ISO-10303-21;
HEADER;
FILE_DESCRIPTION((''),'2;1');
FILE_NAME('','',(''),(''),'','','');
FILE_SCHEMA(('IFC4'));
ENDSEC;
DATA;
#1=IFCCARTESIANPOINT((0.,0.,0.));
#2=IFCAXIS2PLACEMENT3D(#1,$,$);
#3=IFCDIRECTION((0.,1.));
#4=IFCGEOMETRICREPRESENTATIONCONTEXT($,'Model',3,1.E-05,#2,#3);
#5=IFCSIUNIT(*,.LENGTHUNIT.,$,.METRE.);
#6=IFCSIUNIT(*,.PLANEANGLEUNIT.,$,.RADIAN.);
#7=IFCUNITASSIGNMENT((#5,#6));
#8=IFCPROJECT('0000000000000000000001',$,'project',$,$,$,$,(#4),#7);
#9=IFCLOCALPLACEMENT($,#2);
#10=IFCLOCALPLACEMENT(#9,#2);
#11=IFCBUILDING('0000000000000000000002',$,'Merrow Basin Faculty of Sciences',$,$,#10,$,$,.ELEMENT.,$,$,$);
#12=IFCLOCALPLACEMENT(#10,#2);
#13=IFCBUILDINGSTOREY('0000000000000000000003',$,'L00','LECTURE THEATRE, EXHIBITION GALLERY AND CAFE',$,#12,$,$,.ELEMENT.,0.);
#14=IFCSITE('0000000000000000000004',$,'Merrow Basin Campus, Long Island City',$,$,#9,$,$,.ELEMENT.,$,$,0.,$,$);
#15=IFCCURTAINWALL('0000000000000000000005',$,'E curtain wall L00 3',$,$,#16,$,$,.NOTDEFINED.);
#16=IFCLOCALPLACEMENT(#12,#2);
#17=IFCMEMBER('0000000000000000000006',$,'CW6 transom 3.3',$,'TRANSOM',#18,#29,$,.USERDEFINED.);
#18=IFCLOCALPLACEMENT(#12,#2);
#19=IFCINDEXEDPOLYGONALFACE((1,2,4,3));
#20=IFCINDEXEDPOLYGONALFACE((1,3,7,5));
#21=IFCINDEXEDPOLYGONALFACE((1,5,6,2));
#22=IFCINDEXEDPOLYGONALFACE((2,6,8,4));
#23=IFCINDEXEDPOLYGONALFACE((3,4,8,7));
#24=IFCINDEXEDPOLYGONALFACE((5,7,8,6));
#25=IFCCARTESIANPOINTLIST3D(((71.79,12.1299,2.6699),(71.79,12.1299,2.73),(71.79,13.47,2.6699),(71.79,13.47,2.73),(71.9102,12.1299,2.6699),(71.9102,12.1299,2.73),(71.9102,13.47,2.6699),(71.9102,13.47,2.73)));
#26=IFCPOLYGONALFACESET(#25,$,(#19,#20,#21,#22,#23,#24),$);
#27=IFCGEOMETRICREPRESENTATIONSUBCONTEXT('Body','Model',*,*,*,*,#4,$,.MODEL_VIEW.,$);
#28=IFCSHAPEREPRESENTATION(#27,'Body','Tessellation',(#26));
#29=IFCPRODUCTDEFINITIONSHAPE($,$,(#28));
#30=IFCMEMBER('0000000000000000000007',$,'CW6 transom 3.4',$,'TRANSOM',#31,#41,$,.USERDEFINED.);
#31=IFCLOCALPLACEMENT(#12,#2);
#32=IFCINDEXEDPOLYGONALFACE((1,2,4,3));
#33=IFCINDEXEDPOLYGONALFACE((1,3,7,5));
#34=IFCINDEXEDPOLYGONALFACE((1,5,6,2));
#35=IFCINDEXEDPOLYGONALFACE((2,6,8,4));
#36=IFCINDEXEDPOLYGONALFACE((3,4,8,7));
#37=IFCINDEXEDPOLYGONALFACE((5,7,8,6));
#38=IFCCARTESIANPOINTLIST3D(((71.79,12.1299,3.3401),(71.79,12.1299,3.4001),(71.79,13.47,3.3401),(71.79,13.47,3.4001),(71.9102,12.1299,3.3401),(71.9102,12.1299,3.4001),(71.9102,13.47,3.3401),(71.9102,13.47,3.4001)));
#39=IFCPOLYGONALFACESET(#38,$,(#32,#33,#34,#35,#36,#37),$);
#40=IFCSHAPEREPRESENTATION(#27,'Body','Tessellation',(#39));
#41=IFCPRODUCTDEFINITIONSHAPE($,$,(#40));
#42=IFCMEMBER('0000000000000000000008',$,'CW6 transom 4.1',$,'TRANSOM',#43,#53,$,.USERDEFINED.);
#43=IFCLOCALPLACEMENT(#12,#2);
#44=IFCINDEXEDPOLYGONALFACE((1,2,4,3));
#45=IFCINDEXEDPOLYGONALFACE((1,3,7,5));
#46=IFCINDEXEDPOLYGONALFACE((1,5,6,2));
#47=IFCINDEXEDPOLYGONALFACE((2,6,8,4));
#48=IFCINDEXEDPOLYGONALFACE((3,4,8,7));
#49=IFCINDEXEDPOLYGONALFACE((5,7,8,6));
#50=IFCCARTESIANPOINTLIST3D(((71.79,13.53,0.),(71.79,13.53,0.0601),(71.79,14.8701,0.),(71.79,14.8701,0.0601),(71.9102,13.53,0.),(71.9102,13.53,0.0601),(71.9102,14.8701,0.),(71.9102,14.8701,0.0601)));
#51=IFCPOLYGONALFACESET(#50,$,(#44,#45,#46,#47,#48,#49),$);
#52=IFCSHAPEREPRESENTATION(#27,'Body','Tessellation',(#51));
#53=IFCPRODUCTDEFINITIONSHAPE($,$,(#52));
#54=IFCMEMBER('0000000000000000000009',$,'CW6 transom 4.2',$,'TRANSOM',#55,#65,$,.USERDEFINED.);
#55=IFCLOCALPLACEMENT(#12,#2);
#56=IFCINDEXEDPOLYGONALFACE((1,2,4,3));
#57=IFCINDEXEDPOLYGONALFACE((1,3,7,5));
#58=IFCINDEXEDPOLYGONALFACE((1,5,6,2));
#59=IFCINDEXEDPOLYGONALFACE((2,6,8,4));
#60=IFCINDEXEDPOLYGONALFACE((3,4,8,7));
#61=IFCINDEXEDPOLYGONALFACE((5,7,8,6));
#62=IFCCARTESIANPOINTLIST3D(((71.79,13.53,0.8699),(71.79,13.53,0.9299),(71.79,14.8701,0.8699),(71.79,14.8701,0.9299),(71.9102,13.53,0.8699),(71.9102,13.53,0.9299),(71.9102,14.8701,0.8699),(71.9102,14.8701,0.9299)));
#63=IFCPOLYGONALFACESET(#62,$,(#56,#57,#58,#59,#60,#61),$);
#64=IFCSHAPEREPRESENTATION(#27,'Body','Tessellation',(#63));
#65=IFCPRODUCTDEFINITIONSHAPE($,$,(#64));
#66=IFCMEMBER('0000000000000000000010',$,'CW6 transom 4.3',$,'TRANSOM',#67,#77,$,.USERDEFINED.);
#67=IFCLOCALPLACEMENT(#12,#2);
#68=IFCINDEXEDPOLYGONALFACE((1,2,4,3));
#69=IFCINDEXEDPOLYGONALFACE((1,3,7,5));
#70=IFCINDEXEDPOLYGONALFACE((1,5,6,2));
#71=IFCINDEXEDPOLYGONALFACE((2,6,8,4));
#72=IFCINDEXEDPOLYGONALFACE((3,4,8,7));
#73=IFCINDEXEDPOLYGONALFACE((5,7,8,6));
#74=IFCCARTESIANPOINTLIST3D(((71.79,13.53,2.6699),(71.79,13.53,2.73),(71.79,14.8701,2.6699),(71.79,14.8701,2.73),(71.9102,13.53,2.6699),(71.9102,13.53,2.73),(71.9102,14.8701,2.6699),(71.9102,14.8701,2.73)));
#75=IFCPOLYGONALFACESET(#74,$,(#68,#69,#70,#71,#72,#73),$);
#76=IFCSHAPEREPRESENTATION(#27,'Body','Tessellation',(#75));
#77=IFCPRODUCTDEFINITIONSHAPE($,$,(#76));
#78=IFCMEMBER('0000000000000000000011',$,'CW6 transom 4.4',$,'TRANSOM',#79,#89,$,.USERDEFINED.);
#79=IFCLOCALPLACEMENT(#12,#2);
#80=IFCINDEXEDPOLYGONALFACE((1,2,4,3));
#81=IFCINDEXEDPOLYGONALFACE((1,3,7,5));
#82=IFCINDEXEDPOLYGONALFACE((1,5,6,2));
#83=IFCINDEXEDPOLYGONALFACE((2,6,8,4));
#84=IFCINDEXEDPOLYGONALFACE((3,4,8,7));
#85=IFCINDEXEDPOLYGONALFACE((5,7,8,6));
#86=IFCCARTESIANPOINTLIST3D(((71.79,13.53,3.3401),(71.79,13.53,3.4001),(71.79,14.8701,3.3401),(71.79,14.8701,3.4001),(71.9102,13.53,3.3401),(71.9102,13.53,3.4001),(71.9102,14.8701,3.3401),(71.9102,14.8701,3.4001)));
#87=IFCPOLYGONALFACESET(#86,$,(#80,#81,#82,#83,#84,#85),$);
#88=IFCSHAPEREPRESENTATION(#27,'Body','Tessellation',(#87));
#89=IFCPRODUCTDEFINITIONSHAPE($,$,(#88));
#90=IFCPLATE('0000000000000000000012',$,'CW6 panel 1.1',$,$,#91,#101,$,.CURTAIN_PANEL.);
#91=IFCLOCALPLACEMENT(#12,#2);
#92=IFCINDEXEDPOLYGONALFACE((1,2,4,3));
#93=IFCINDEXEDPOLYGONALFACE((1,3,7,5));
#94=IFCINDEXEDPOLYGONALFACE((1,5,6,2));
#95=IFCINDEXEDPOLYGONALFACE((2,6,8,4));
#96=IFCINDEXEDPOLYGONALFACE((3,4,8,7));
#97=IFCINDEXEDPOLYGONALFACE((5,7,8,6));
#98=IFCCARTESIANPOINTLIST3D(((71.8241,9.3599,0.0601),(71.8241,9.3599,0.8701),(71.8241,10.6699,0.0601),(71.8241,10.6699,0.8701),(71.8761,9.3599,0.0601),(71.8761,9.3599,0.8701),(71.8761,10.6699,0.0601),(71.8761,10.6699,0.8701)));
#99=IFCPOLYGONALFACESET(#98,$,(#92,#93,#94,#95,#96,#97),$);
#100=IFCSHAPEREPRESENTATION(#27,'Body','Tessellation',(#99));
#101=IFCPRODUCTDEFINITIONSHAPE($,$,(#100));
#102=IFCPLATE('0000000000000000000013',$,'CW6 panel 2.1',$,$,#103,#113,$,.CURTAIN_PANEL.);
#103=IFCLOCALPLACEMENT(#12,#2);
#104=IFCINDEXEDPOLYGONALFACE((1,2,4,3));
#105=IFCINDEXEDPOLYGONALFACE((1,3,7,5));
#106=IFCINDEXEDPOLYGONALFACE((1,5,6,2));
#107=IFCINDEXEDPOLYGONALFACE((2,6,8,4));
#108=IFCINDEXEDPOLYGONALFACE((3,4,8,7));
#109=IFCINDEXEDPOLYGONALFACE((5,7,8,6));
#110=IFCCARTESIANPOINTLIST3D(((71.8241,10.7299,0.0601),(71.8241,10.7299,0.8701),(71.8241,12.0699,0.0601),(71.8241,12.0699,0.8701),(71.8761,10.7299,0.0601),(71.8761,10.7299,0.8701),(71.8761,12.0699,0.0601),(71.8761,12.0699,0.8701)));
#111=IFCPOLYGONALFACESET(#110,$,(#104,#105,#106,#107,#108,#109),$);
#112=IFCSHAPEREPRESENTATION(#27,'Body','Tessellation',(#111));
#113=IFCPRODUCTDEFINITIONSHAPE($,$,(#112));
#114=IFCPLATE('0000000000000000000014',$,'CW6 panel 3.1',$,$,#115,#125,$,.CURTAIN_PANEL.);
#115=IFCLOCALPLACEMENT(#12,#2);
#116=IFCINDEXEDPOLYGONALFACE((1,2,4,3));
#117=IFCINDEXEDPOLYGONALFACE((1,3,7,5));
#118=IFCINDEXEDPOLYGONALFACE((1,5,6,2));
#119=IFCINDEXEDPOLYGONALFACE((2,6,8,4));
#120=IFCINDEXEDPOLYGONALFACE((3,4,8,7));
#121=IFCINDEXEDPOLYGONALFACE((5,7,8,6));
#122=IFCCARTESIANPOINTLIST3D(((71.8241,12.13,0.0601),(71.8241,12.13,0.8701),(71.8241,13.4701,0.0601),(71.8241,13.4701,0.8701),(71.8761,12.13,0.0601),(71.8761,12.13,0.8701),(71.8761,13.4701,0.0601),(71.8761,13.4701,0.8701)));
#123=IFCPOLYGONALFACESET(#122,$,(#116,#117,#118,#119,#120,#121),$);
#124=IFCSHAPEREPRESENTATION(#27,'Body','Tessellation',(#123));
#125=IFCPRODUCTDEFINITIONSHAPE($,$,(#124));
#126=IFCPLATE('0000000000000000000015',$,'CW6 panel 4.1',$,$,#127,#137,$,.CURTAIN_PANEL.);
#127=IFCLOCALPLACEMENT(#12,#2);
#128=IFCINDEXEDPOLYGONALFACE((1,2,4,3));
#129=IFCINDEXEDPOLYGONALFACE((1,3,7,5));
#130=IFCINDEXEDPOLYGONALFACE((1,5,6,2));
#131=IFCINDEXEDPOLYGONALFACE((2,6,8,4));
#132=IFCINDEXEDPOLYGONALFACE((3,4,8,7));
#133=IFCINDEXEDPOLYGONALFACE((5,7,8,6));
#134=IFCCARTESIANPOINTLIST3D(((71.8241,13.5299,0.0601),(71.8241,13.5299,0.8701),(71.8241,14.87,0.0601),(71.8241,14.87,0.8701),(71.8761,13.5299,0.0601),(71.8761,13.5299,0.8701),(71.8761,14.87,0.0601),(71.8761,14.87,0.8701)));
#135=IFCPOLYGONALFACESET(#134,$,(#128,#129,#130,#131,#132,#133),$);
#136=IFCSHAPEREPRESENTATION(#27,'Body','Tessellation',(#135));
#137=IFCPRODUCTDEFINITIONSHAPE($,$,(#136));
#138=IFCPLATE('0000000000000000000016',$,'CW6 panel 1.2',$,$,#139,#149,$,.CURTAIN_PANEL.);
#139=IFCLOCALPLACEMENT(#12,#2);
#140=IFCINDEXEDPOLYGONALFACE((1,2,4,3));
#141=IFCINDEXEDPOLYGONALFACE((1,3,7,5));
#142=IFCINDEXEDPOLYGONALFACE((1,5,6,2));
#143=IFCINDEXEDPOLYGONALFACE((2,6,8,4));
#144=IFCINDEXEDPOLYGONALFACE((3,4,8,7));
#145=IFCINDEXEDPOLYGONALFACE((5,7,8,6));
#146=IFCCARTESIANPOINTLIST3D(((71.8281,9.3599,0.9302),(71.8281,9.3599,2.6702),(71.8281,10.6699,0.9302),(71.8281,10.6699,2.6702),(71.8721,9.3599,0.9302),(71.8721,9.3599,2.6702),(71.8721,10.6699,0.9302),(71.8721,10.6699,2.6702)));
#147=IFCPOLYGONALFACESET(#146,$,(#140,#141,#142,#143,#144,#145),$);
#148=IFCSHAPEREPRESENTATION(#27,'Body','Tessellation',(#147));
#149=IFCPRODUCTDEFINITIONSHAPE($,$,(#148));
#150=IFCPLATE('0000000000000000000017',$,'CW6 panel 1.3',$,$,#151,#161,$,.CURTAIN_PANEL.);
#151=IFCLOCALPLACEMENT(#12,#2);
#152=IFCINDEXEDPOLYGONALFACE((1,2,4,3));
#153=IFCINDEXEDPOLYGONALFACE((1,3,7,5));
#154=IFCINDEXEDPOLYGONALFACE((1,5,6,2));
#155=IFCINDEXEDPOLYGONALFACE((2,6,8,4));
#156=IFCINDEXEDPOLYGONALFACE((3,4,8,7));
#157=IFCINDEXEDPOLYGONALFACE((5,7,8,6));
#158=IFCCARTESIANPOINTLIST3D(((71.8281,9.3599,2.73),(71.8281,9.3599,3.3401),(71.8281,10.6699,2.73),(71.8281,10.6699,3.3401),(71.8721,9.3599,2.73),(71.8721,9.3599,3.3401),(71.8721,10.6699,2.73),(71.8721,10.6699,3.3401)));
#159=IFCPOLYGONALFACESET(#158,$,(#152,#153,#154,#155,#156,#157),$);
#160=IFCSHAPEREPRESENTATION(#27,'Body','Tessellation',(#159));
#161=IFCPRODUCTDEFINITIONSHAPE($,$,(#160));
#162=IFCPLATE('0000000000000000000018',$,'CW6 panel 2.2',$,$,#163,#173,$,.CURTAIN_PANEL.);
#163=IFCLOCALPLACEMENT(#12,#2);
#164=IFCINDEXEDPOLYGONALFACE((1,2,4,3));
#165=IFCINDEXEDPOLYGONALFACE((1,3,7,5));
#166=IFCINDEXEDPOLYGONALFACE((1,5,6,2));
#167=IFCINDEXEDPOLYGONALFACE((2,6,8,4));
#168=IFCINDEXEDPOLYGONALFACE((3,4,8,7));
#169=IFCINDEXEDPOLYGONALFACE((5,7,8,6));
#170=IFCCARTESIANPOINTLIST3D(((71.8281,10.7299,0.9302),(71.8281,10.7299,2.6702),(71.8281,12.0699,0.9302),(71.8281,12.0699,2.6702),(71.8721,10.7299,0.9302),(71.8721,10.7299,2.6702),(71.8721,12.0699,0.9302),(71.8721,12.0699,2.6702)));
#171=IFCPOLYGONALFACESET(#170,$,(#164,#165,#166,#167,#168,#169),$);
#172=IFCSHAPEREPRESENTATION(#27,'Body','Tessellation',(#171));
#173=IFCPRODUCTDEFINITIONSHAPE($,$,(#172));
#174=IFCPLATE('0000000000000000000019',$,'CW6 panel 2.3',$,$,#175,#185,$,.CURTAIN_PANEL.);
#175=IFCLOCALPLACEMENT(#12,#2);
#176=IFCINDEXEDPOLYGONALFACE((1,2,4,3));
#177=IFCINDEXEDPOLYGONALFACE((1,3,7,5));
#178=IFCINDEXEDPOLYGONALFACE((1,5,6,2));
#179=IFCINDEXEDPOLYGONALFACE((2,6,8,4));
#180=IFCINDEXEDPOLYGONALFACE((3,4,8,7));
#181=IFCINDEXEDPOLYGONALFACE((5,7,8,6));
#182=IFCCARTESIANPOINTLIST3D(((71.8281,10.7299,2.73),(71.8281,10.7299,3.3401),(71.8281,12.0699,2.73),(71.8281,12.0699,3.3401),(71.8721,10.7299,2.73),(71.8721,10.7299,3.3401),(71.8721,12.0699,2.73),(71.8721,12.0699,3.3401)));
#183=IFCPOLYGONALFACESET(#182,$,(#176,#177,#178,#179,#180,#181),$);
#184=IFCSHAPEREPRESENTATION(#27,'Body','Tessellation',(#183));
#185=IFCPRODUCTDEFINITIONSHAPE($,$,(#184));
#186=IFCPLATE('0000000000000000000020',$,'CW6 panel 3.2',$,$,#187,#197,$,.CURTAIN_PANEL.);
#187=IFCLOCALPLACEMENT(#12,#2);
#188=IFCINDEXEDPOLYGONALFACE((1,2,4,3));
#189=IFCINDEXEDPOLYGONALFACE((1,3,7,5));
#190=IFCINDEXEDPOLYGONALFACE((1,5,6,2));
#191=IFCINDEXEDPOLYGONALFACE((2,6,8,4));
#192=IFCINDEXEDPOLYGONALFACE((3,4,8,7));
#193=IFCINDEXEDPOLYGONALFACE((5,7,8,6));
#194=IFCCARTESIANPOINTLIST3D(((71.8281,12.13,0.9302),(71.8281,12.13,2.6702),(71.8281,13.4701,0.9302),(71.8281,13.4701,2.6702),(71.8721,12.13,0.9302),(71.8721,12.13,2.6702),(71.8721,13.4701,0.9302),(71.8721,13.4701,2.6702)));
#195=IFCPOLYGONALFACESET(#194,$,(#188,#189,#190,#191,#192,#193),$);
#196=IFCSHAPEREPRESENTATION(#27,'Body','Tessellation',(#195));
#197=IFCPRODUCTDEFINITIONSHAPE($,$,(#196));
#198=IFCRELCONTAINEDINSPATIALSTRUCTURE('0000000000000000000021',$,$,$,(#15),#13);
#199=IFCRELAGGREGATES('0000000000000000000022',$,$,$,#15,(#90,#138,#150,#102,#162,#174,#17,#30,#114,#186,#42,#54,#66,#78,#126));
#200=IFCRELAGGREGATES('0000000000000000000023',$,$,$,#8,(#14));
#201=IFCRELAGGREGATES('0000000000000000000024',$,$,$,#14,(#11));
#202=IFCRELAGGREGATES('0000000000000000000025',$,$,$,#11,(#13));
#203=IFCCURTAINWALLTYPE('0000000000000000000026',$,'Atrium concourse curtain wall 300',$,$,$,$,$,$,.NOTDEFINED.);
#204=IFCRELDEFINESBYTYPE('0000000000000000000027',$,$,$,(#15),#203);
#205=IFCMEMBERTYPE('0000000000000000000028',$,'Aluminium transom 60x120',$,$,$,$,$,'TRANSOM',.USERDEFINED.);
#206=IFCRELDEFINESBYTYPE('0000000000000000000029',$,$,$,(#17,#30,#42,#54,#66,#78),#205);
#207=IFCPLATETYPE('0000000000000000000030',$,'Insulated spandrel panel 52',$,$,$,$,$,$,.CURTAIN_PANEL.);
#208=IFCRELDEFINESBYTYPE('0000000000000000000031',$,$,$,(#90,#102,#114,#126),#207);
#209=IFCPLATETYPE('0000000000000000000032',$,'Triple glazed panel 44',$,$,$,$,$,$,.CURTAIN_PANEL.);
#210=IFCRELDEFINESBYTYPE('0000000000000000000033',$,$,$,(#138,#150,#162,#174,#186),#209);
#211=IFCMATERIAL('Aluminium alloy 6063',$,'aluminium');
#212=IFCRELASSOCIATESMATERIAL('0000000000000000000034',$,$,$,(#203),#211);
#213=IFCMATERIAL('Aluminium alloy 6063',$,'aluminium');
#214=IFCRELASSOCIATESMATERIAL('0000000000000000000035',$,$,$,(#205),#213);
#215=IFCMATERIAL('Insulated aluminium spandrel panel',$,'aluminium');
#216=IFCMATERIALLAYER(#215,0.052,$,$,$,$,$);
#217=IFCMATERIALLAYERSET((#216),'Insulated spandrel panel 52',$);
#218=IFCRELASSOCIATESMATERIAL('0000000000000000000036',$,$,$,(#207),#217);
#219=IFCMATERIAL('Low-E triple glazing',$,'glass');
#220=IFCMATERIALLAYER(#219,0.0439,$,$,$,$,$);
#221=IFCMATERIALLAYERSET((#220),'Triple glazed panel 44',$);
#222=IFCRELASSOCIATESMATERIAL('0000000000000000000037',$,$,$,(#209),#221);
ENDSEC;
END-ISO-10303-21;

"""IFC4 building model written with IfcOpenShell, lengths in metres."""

from ifc_helpers import new_model, si_unit, direction, frame, origin, origin_2d, place, context, subcontext, project, spatial, rectangle, extrude, material, layer, layer_set, material_profile, profile_set, type_object, element, aggregate, save


model = new_model("IFC4")

# Units and contexts
model_context = context("Model", 3, precision=1e-05, world=origin(), true_north=direction((0.0, 1.0)))
body_context = subcontext(model_context, "Body", "Model", "MODEL_VIEW")
ifc_project = project(units=[si_unit("LENGTHUNIT", "METRE"), si_unit("PLANEANGLEUNIT", "RADIAN")], contexts=[model_context])

# Site, building, storey
site_placement = place(None, origin())
site = spatial("IfcSite", under=ifc_project, at=site_placement, Name="Merrow Basin Campus, Long Island City", CompositionType="ELEMENT", RefElevation=0.0)
building_placement = place(site_placement, origin())
building = spatial("IfcBuilding", under=site, at=building_placement, Name="Merrow Basin Faculty of Sciences", CompositionType="ELEMENT")
storey_placement = place(building_placement, origin())
storey = spatial("IfcBuildingStorey", under=building, at=storey_placement, Name="L00", Description="LECTURE THEATRE, EXHIBITION GALLERY AND CAFE", CompositionType="ELEMENT", Elevation=0.0)

# Curtain wall, members, plates
ifc_material_1 = material(Name="Aluminium alloy 6063", Category="aluminium")
curtain_wall_type = type_object("IfcCurtainWallType", Name="Atrium concourse curtain wall 300", PredefinedType="NOTDEFINED", material=ifc_material_1)
curtain_wall_placement = place(storey_placement, origin())
curtain_wall = element("IfcCurtainWall", 1, at=curtain_wall_placement, inside=storey, type_object=curtain_wall_type, Name="E curtain wall L00 3", PredefinedType="NOTDEFINED")
ifc_material_2 = material(Name="Aluminium alloy 6063", Category="aluminium")
ifc_material_profile_1 = material_profile(ifc_material_2, rectangle(XDim=0.1201, YDim=0.0601, at=origin_2d()))
ifc_profile_set_1 = profile_set([ifc_material_profile_1], Name="Aluminium alloy 6063")
member_type_1 = type_object("IfcMemberType", Name="Aluminium transom 60x120", ElementType="TRANSOM", PredefinedType="USERDEFINED", material=ifc_profile_set_1)
member_1_placement = place(storey_placement, frame((71.8501, 12.1299, 2.7), z_axis=(0.0, 1.0, 0.0), x_axis=(-1.0, 0.0, 0.0)))
member_1 = element("IfcMember", 2, at=member_1_placement, type_object=member_type_1, Name="CW6 transom 3.3", ObjectType="TRANSOM", PredefinedType="USERDEFINED", context=body_context, shape_type="SweptSolid", body=[
    extrude(rectangle(XDim=0.1201, YDim=0.0601, at=origin_2d()), origin(), (0.0, 0.0, 1.0), 1.3401),
])
member_2_placement = place(storey_placement, frame((71.8501, 12.1299, 3.3701), z_axis=(0.0, 1.0, 0.0), x_axis=(-1.0, 0.0, 0.0)))
member_2 = element("IfcMember", 3, at=member_2_placement, type_object=member_type_1, Name="CW6 transom 3.4", ObjectType="TRANSOM", PredefinedType="USERDEFINED", context=body_context, shape_type="SweptSolid", body=[
    extrude(rectangle(XDim=0.1201, YDim=0.0601, at=origin_2d()), origin(), (0.0, 0.0, 1.0), 1.3401),
])
member_3_placement = place(storey_placement, frame((71.8501, 13.53, 0.03), z_axis=(0.0, 1.0, 0.0), x_axis=(-1.0, 0.0, 0.0)))
member_3 = element("IfcMember", 4, at=member_3_placement, type_object=member_type_1, Name="CW6 transom 4.1", ObjectType="TRANSOM", PredefinedType="USERDEFINED", context=body_context, shape_type="SweptSolid", body=[
    extrude(rectangle(XDim=0.1201, YDim=0.0601, at=origin_2d()), origin(), (0.0, 0.0, 1.0), 1.3401),
])
member_4_placement = place(storey_placement, frame((71.8501, 13.53, 0.8999), z_axis=(0.0, 1.0, 0.0), x_axis=(-1.0, 0.0, 0.0)))
member_4 = element("IfcMember", 5, at=member_4_placement, type_object=member_type_1, Name="CW6 transom 4.2", ObjectType="TRANSOM", PredefinedType="USERDEFINED", context=body_context, shape_type="SweptSolid", body=[
    extrude(rectangle(XDim=0.1201, YDim=0.0601, at=origin_2d()), origin(), (0.0, 0.0, 1.0), 1.3401),
])
member_5_placement = place(storey_placement, frame((71.8501, 13.53, 2.7), z_axis=(0.0, 1.0, 0.0), x_axis=(-1.0, 0.0, 0.0)))
member_5 = element("IfcMember", 6, at=member_5_placement, type_object=member_type_1, Name="CW6 transom 4.3", ObjectType="TRANSOM", PredefinedType="USERDEFINED", context=body_context, shape_type="SweptSolid", body=[
    extrude(rectangle(XDim=0.1201, YDim=0.0601, at=origin_2d()), origin(), (0.0, 0.0, 1.0), 1.3401),
])
member_6_placement = place(storey_placement, frame((71.8501, 13.53, 3.3701), z_axis=(0.0, 1.0, 0.0), x_axis=(-1.0, 0.0, 0.0)))
member_6 = element("IfcMember", 7, at=member_6_placement, type_object=member_type_1, Name="CW6 transom 4.4", ObjectType="TRANSOM", PredefinedType="USERDEFINED", context=body_context, shape_type="SweptSolid", body=[
    extrude(rectangle(XDim=0.1201, YDim=0.0601, at=origin_2d()), origin(), (0.0, 0.0, 1.0), 1.3401),
])
ifc_material_3 = material(Name="Insulated aluminium spandrel panel", Category="aluminium")
ifc_layer_1 = layer(ifc_material_3, 0.052)
ifc_layer_set_1 = layer_set([ifc_layer_1], Name="Insulated spandrel panel 52")
plate_type_1 = type_object("IfcPlateType", Name="Insulated spandrel panel 52", PredefinedType="CURTAIN_PANEL", material=ifc_layer_set_1)
plate_1_placement = place(storey_placement, frame((71.8501, 10.0149, 0.0601), z_axis=(0.0, 0.0, 1.0), x_axis=(0.0, 1.0, 0.0)))
plate_1 = element("IfcPlate", 8, at=plate_1_placement, type_object=plate_type_1, Name="CW6 panel 1.1", PredefinedType="CURTAIN_PANEL", context=body_context, shape_type="SweptSolid", body=[
    extrude(rectangle(XDim=1.3101, YDim=0.052, at=origin_2d()), origin(), (0.0, 0.0, 1.0), 0.8101),
])
plate_2_placement = place(storey_placement, frame((71.8501, 11.3999, 0.0601), z_axis=(0.0, 0.0, 1.0), x_axis=(0.0, 1.0, 0.0)))
plate_2 = element("IfcPlate", 9, at=plate_2_placement, type_object=plate_type_1, Name="CW6 panel 2.1", PredefinedType="CURTAIN_PANEL", context=body_context, shape_type="SweptSolid", body=[
    extrude(rectangle(XDim=1.3401, YDim=0.052, at=origin_2d()), origin(), (0.0, 0.0, 1.0), 0.8101),
])
plate_3_placement = place(storey_placement, frame((71.8501, 12.8, 0.0601), z_axis=(0.0, 0.0, 1.0), x_axis=(0.0, 1.0, 0.0)))
plate_3 = element("IfcPlate", 10, at=plate_3_placement, type_object=plate_type_1, Name="CW6 panel 3.1", PredefinedType="CURTAIN_PANEL", context=body_context, shape_type="SweptSolid", body=[
    extrude(rectangle(XDim=1.3401, YDim=0.052, at=origin_2d()), origin(), (0.0, 0.0, 1.0), 0.8101),
])
plate_4_placement = place(storey_placement, frame((71.8501, 14.2, 0.0601), z_axis=(0.0, 0.0, 1.0), x_axis=(0.0, 1.0, 0.0)))
plate_4 = element("IfcPlate", 11, at=plate_4_placement, type_object=plate_type_1, Name="CW6 panel 4.1", PredefinedType="CURTAIN_PANEL", context=body_context, shape_type="SweptSolid", body=[
    extrude(rectangle(XDim=1.3401, YDim=0.052, at=origin_2d()), origin(), (0.0, 0.0, 1.0), 0.8101),
])
ifc_material_4 = material(Name="Low-E triple glazing", Category="glass")
ifc_layer_2 = layer(ifc_material_4, 0.0439)
ifc_layer_set_2 = layer_set([ifc_layer_2], Name="Triple glazed panel 44")
plate_type_2 = type_object("IfcPlateType", Name="Triple glazed panel 44", PredefinedType="CURTAIN_PANEL", material=ifc_layer_set_2)
plate_5_placement = place(storey_placement, frame((71.8501, 10.0149, 0.9302), z_axis=(0.0, 0.0, 1.0), x_axis=(0.0, 1.0, 0.0)))
plate_5 = element("IfcPlate", 12, at=plate_5_placement, type_object=plate_type_2, Name="CW6 panel 1.2", PredefinedType="CURTAIN_PANEL", context=body_context, shape_type="SweptSolid", body=[
    extrude(rectangle(XDim=1.3101, YDim=0.0439, at=origin_2d()), origin(), (0.0, 0.0, 1.0), 1.74),
])
plate_6_placement = place(storey_placement, frame((71.8501, 10.0149, 2.73), z_axis=(0.0, 0.0, 1.0), x_axis=(0.0, 1.0, 0.0)))
plate_6 = element("IfcPlate", 13, at=plate_6_placement, type_object=plate_type_2, Name="CW6 panel 1.3", PredefinedType="CURTAIN_PANEL", context=body_context, shape_type="SweptSolid", body=[
    extrude(rectangle(XDim=1.3101, YDim=0.0439, at=origin_2d()), origin(), (0.0, 0.0, 1.0), 0.6101),
])
plate_7_placement = place(storey_placement, frame((71.8501, 11.3999, 0.9302), z_axis=(0.0, 0.0, 1.0), x_axis=(0.0, 1.0, 0.0)))
plate_7 = element("IfcPlate", 14, at=plate_7_placement, type_object=plate_type_2, Name="CW6 panel 2.2", PredefinedType="CURTAIN_PANEL", context=body_context, shape_type="SweptSolid", body=[
    extrude(rectangle(XDim=1.3401, YDim=0.0439, at=origin_2d()), origin(), (0.0, 0.0, 1.0), 1.74),
])
plate_8_placement = place(storey_placement, frame((71.8501, 11.3999, 2.73), z_axis=(0.0, 0.0, 1.0), x_axis=(0.0, 1.0, 0.0)))
plate_8 = element("IfcPlate", 15, at=plate_8_placement, type_object=plate_type_2, Name="CW6 panel 2.3", PredefinedType="CURTAIN_PANEL", context=body_context, shape_type="SweptSolid", body=[
    extrude(rectangle(XDim=1.3401, YDim=0.0439, at=origin_2d()), origin(), (0.0, 0.0, 1.0), 0.6101),
])
plate_9_placement = place(storey_placement, frame((71.8501, 12.8, 0.9302), z_axis=(0.0, 0.0, 1.0), x_axis=(0.0, 1.0, 0.0)))
plate_9 = element("IfcPlate", 16, at=plate_9_placement, type_object=plate_type_2, Name="CW6 panel 3.2", PredefinedType="CURTAIN_PANEL", context=body_context, shape_type="SweptSolid", body=[
    extrude(rectangle(XDim=1.3401, YDim=0.0439, at=origin_2d()), origin(), (0.0, 0.0, 1.0), 1.74),
])
aggregate(curtain_wall, [plate_1, plate_5, plate_6, plate_2, plate_7, plate_8, member_1, member_2, plate_3, plate_9, member_3, member_4, member_5, member_6, plate_4])

save(model, "model.ifc")
